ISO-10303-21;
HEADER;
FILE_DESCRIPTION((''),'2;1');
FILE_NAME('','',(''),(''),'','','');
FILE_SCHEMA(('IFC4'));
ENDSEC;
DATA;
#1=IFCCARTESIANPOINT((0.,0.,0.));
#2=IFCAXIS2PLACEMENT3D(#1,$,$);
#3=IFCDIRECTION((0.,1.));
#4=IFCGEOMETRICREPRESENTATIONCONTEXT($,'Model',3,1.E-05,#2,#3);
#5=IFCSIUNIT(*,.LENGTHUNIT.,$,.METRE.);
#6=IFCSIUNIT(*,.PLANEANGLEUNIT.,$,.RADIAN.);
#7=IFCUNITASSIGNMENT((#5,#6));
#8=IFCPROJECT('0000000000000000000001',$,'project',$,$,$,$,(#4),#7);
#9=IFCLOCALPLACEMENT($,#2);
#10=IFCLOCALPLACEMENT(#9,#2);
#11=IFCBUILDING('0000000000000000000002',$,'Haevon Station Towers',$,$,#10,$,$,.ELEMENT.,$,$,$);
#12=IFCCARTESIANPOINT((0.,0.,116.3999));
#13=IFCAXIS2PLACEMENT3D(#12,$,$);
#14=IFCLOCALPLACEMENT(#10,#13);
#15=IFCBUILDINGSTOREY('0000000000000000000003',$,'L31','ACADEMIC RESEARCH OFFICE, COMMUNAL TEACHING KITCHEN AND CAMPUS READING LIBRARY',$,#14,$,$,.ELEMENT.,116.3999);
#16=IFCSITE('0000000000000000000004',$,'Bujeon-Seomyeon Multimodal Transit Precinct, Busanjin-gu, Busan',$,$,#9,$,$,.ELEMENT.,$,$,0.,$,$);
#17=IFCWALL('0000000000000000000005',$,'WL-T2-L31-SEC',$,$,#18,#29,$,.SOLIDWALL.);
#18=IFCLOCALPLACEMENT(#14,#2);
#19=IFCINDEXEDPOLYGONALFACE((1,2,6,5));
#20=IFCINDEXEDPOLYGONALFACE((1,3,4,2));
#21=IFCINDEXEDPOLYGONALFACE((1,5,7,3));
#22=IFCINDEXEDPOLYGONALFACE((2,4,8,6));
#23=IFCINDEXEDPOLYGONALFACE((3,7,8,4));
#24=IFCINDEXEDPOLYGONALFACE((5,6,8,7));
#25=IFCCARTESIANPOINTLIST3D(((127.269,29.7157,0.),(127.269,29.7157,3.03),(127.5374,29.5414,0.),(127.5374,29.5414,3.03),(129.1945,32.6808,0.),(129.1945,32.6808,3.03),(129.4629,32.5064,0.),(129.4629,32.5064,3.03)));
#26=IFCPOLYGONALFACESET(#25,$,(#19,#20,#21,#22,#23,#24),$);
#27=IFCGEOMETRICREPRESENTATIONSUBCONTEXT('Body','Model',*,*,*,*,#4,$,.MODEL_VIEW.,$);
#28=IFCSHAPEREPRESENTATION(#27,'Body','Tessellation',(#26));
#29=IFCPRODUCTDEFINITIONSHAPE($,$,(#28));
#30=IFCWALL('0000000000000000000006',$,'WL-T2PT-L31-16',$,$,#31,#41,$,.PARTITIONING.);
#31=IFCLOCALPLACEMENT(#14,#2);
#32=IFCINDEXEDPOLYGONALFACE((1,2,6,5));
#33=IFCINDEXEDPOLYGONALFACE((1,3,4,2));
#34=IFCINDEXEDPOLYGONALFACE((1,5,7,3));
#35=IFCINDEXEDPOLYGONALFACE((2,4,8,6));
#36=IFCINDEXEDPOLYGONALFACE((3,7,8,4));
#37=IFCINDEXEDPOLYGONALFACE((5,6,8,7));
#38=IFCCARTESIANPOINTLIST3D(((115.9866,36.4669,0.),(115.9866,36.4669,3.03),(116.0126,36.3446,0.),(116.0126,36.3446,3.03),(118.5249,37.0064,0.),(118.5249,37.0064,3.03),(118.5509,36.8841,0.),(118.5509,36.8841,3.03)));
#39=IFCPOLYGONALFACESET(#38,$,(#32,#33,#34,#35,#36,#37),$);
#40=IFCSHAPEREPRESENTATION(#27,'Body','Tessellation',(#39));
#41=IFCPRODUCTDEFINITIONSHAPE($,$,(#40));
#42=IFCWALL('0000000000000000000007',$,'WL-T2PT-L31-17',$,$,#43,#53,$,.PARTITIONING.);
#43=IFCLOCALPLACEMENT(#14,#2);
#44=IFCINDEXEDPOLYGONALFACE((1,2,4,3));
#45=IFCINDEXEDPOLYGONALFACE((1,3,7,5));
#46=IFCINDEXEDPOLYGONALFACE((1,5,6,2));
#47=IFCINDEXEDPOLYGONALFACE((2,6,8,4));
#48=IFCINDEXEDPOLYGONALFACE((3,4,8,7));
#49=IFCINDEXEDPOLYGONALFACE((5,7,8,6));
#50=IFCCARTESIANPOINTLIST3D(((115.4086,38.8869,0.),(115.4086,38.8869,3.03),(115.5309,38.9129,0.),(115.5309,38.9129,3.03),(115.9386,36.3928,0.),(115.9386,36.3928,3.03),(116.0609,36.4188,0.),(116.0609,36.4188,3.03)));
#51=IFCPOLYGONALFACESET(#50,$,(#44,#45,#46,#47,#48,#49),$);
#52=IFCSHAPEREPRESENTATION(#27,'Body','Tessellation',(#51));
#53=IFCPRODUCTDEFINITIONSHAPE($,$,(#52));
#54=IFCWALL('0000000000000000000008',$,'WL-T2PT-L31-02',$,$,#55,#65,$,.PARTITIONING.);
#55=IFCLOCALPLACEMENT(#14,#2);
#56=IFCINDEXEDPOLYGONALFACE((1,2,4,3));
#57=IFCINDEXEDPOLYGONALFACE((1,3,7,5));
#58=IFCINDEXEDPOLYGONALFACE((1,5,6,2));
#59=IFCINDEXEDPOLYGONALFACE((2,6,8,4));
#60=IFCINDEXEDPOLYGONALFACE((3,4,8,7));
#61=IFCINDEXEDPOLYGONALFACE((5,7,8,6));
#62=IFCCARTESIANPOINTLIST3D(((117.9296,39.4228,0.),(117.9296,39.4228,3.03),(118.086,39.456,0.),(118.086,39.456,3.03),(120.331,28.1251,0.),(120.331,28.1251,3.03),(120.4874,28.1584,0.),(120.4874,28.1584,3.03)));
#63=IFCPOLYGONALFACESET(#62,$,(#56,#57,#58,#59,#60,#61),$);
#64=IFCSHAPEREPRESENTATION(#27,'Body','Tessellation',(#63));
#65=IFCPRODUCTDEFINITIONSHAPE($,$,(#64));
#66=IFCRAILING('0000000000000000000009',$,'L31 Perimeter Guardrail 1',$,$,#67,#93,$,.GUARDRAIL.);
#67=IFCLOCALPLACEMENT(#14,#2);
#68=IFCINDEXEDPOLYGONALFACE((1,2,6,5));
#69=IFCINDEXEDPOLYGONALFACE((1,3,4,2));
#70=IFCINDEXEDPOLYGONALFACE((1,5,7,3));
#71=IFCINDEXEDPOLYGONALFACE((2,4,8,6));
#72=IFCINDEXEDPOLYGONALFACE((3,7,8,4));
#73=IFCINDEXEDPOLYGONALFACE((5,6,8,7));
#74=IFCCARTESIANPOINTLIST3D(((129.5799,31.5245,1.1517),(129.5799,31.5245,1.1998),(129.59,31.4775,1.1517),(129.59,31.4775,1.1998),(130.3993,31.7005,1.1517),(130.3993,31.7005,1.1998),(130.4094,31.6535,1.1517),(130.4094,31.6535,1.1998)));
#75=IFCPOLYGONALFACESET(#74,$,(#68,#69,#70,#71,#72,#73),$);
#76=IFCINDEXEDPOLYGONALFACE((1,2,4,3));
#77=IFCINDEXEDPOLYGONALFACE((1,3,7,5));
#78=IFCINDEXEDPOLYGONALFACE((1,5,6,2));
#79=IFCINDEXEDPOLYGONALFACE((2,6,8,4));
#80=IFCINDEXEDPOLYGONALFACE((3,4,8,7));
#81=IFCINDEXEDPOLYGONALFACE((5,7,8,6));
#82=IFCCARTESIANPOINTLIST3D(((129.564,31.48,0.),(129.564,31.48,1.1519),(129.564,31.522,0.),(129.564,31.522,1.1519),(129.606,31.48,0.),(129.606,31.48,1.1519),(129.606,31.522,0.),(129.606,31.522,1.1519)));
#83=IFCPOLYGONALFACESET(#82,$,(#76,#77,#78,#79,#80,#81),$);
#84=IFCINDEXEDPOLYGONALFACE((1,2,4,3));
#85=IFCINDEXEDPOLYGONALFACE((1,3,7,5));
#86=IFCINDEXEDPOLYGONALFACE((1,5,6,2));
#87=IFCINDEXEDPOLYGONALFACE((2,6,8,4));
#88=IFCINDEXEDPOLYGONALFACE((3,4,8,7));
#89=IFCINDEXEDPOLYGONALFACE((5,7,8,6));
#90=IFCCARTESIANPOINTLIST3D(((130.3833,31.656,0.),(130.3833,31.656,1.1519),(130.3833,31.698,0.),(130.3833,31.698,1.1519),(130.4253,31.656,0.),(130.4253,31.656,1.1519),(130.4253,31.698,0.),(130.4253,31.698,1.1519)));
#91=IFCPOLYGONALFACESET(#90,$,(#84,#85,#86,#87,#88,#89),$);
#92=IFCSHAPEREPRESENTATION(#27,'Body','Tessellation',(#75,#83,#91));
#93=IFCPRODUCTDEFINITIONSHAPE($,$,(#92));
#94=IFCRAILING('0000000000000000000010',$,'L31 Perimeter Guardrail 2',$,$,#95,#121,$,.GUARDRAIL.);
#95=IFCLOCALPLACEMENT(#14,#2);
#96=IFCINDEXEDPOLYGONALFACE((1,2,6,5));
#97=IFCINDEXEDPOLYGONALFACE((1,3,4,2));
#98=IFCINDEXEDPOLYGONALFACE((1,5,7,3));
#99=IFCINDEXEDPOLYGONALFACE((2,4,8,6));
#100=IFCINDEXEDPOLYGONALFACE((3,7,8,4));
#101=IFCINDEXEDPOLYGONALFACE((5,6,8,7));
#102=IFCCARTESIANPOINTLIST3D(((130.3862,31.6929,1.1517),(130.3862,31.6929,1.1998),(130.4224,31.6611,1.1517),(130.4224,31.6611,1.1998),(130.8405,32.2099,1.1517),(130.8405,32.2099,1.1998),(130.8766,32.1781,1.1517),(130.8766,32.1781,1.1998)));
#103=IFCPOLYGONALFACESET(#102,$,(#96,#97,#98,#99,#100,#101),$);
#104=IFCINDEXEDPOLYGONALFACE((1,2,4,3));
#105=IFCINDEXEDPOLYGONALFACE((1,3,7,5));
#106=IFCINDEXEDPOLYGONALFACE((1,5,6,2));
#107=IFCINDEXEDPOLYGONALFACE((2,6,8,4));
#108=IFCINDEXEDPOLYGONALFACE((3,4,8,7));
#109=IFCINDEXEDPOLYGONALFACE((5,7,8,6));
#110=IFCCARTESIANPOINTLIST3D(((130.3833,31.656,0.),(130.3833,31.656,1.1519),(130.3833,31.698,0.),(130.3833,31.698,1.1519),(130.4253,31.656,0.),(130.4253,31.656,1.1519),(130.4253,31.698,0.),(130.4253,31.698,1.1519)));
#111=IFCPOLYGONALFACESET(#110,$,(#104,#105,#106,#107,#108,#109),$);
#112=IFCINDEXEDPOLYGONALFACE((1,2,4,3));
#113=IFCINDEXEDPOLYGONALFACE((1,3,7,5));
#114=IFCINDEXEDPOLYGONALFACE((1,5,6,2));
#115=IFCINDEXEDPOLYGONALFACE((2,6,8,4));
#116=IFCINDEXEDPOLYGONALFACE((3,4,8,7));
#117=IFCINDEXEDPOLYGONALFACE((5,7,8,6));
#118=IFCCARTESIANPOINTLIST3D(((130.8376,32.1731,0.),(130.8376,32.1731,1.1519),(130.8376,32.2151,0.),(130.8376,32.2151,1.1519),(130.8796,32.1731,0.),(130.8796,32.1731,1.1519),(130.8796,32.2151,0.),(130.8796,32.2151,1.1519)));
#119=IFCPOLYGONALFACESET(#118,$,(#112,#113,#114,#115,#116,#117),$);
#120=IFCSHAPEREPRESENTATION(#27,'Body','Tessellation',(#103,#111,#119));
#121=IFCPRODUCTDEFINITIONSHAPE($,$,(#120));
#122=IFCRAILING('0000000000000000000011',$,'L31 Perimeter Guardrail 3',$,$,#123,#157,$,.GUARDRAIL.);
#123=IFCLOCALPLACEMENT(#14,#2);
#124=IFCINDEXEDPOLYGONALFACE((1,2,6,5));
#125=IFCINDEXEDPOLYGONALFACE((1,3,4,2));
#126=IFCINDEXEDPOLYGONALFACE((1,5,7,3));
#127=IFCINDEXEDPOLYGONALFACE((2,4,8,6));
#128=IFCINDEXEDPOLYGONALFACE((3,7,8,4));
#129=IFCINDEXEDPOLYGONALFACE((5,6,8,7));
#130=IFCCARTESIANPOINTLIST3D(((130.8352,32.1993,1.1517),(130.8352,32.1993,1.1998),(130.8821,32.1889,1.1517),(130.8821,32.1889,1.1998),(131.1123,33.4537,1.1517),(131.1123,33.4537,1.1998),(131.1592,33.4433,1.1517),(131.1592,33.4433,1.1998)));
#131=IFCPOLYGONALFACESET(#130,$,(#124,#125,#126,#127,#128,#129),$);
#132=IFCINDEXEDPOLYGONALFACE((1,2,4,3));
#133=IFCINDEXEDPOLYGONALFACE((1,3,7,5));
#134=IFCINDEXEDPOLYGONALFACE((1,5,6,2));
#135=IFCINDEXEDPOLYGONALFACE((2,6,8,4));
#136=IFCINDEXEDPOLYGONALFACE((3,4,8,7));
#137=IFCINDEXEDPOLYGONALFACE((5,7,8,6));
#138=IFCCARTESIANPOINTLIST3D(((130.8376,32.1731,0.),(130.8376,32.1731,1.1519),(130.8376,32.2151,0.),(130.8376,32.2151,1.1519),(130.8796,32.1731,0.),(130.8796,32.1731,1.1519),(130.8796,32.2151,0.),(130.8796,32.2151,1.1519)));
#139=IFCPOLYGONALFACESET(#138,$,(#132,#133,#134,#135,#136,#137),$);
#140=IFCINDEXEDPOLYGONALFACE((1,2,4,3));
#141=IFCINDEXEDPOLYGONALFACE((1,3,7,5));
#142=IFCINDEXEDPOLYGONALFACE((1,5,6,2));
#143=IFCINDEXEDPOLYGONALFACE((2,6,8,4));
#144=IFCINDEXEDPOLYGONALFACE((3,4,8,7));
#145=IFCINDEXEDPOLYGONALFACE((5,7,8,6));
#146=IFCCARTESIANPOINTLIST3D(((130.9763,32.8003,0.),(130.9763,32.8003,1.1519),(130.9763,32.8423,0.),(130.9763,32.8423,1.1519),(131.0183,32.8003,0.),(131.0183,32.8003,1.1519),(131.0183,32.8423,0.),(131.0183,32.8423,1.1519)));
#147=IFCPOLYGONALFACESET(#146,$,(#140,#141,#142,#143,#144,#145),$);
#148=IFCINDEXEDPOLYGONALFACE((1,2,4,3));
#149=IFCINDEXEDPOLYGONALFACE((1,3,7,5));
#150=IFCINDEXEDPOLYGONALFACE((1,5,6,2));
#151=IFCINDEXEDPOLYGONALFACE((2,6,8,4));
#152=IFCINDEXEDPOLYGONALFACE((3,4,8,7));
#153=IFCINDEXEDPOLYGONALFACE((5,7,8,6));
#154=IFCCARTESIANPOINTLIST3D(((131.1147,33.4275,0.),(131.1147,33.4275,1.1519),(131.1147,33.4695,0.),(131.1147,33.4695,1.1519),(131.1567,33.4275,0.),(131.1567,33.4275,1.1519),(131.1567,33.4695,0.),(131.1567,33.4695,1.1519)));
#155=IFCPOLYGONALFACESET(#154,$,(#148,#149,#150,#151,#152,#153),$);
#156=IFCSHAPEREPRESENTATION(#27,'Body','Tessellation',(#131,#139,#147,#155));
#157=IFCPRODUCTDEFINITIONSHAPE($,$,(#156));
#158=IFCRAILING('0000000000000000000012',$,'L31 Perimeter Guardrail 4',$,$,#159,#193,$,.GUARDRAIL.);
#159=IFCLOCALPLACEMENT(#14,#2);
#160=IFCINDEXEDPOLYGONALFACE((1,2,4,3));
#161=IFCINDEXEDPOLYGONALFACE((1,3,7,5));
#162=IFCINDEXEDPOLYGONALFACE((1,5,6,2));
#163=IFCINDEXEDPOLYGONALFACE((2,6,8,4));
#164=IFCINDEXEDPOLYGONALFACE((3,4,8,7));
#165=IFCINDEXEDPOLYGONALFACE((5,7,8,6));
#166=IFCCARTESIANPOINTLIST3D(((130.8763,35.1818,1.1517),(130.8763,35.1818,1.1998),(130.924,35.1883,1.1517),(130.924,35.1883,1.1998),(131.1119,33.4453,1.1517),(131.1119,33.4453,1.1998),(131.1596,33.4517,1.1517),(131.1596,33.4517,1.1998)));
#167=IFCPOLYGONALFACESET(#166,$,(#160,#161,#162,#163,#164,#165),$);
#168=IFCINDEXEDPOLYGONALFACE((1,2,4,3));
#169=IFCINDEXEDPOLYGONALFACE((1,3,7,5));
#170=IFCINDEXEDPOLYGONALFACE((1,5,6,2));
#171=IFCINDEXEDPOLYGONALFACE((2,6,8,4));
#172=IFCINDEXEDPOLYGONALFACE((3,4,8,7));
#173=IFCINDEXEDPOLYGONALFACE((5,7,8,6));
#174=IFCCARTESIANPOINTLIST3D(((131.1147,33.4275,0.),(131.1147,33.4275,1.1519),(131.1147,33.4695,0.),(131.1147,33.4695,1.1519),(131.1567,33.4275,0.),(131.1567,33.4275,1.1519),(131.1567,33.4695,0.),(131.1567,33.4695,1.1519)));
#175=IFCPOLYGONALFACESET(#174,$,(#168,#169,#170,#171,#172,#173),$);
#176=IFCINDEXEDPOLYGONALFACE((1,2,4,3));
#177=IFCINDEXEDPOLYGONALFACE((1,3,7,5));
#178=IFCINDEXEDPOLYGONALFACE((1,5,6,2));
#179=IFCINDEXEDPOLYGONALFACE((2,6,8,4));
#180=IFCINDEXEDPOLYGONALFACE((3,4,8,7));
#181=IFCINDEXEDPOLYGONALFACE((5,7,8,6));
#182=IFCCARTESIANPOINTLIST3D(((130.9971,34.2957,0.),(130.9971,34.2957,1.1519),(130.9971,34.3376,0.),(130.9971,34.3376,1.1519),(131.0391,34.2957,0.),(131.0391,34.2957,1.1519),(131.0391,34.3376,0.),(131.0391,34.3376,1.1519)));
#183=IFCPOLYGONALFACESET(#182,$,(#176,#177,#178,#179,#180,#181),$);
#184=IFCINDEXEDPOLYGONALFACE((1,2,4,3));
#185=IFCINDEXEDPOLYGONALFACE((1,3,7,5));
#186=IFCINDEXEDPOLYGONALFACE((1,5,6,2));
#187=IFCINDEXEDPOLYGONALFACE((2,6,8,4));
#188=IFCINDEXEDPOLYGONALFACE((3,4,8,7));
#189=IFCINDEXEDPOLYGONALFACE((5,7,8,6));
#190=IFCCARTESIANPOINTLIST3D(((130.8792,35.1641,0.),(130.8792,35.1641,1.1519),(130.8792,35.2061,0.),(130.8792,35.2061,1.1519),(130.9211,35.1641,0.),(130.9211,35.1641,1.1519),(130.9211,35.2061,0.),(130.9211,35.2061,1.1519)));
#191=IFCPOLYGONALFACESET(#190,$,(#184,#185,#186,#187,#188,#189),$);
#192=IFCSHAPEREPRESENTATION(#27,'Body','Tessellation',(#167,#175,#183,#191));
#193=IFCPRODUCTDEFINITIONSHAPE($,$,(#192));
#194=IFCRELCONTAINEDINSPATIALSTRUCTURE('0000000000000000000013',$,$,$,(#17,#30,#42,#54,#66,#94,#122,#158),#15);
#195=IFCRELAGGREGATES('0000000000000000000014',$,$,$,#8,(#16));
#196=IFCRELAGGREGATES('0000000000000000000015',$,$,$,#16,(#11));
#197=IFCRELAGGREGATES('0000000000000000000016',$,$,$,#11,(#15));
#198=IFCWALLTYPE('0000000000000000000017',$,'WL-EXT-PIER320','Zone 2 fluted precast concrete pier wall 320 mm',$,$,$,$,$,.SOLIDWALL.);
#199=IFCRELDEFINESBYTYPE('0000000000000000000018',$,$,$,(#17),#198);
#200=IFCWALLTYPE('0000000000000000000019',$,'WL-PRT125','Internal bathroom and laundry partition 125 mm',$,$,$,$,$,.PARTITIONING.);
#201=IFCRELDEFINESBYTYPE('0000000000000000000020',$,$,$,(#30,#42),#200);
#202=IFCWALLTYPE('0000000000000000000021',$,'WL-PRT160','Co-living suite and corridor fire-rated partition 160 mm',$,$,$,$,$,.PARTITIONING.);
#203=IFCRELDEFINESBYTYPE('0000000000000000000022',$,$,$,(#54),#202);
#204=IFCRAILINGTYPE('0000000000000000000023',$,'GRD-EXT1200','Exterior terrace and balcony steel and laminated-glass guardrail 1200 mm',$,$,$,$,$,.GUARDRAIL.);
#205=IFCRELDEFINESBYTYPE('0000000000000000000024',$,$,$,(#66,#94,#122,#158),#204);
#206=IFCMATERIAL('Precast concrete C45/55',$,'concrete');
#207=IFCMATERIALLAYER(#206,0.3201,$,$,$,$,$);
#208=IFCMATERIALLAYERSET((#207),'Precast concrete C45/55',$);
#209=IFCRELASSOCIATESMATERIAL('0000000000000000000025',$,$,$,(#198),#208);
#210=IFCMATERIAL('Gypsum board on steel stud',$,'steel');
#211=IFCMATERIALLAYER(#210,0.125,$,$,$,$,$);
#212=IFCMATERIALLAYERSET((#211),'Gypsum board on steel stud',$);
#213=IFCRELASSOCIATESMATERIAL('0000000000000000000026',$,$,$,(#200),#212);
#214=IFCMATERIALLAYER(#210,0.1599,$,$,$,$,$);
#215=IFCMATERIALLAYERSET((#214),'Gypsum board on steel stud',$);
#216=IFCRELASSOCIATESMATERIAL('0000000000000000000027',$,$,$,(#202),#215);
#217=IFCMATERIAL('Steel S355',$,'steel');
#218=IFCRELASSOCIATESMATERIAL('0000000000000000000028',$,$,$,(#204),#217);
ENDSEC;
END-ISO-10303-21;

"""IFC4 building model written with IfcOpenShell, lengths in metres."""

from ifc_helpers import new_model, si_unit, direction, frame, frame_2d, origin, origin_2d, place, context, subcontext, project, spatial, rectangle, extrude, material, layer, layer_set, type_object, element, save


model = new_model("IFC4")

# Units and contexts
model_context = context("Model", 3, precision=1e-05, world=origin(), true_north=direction((0.0, 1.0)))
body_context = subcontext(model_context, "Body", "Model", "MODEL_VIEW")
ifc_project = project(units=[si_unit("LENGTHUNIT", "METRE"), si_unit("PLANEANGLEUNIT", "RADIAN")], contexts=[model_context])

# Site, building, storey
site_placement = place(None, origin())
site = spatial("IfcSite", under=ifc_project, at=site_placement, Name="Bujeon-Seomyeon Multimodal Transit Precinct, Busanjin-gu, Busan", CompositionType="ELEMENT", RefElevation=0.0)
building_placement = place(site_placement, origin())
building = spatial("IfcBuilding", under=site, at=building_placement, Name="Haevon Station Towers", CompositionType="ELEMENT")
storey_placement = place(building_placement, frame((0.0, 0.0, 116.3999)))
storey = spatial("IfcBuildingStorey", under=building, at=storey_placement, Name="L31", Description="ACADEMIC RESEARCH OFFICE, COMMUNAL TEACHING KITCHEN AND CAMPUS READING LIBRARY", CompositionType="ELEMENT", Elevation=116.3999)

# Shared definitions
ifc_material_1 = material(Name="Steel S355", Category="steel")

# Shared definitions
ifc_material_2 = material(Name="Gypsum board on steel stud", Category="steel")

# Shared definitions
ifc_material_3 = material(Name="Precast concrete C45/55", Category="concrete")
ifc_layer_1 = layer(ifc_material_3, 0.3201)
ifc_layer_set_1 = layer_set([ifc_layer_1], Name="Precast concrete C45/55")
wall_type_1 = type_object("IfcWallType", Name="WL-EXT-PIER320", Description="Zone 2 fluted precast concrete pier wall 320 mm", PredefinedType="SOLIDWALL", material=ifc_layer_set_1)

# Walls
wall_1_placement = place(storey_placement, frame((129.3286, 32.5935, 0.0), z_axis=(0.0, 0.0, 1.0), x_axis=(-0.544636, -0.838672, 0.0)))
element("IfcWall", 1, at=wall_1_placement, inside=storey, type_object=wall_type_1, Name="WL-T2-L31-SEC", PredefinedType="SOLIDWALL", context=body_context, shape_type="SweptSolid", body=[
    extrude(rectangle(XDim=3.5354, YDim=0.3201, at=frame_2d((1.7676, 0.0))), origin(), (0.0, 0.0, 1.0), 3.03),
])
ifc_layer_2 = layer(ifc_material_2, 0.125)
ifc_layer_set_2 = layer_set([ifc_layer_2], Name="Gypsum board on steel stud")
wall_type_2 = type_object("IfcWallType", Name="WL-PRT125", Description="Internal bathroom and laundry partition 125 mm", PredefinedType="PARTITIONING", material=ifc_layer_set_2)
wall_2_placement = place(storey_placement, frame((115.9998, 36.4058, 0.0), z_axis=(0.0, 0.0, 1.0), x_axis=(0.978147, 0.207916, 0.0)))
element("IfcWall", 2, at=wall_2_placement, inside=storey, type_object=wall_type_2, Name="WL-T2PT-L31-16", PredefinedType="PARTITIONING", context=body_context, shape_type="SweptSolid", body=[
    extrude(rectangle(XDim=2.595, YDim=0.125, at=frame_2d((1.2974, 0.0))), origin(), (0.0, 0.0, 1.0), 3.03),
])
wall_3_placement = place(storey_placement, frame((115.9998, 36.4058, 0.0), z_axis=(0.0, 0.0, 1.0), x_axis=(-0.207868, 0.978157, 0.0)))
element("IfcWall", 3, at=wall_3_placement, inside=storey, type_object=wall_type_2, Name="WL-T2PT-L31-17", PredefinedType="PARTITIONING", context=body_context, shape_type="SweptSolid", body=[
    extrude(rectangle(XDim=2.5498, YDim=0.125, at=frame_2d((1.2749, 0.0))), origin(), (0.0, 0.0, 1.0), 3.03),
])
ifc_layer_3 = layer(ifc_material_2, 0.1599)
ifc_layer_set_3 = layer_set([ifc_layer_3], Name="Gypsum board on steel stud")
wall_type_3 = type_object("IfcWallType", Name="WL-PRT160", Description="Co-living suite and corridor fire-rated partition 160 mm", PredefinedType="PARTITIONING", material=ifc_layer_set_3)
wall_4_placement = place(storey_placement, frame((120.4092, 28.1418, 0.0), z_axis=(0.0, 0.0, 1.0), x_axis=(-0.207911, 0.978148, 0.0)))
element("IfcWall", 4, at=wall_4_placement, inside=storey, type_object=wall_type_3, Name="WL-T2PT-L31-02", PredefinedType="PARTITIONING", context=body_context, shape_type="SweptSolid", body=[
    extrude(rectangle(XDim=11.55, YDim=0.1599, at=frame_2d((5.7749, 0.0))), origin(), (0.0, 0.0, 1.0), 3.03),
])

# Railings
railing_type = type_object("IfcRailingType", Name="GRD-EXT1200", Description="Exterior terrace and balcony steel and laminated-glass guardrail 1200 mm", PredefinedType="GUARDRAIL", material=ifc_material_1)
railing_1_placement = place(storey_placement, frame((129.585, 31.501, 0.0)))
element("IfcRailing", 5, at=railing_1_placement, inside=storey, type_object=railing_type, Name="L31 Perimeter Guardrail 1", PredefinedType="GUARDRAIL", context=body_context, shape_type="SweptSolid", body=[
    extrude(rectangle(XDim=0.0481, YDim=0.0481, at=origin_2d()), frame((0.0, 0.0, 1.1758), z_axis=(0.977691, 0.210046, 0.0), x_axis=(-0.210046, 0.977691, 0.0)), (0.0, 0.0, 1.0), 0.8381),
    extrude(rectangle(XDim=0.042, YDim=0.042, at=origin_2d()), origin(), (0.0, 0.0, 1.0), 1.1519),
    extrude(rectangle(XDim=0.042, YDim=0.042, at=origin_2d()), frame((0.8193, 0.176, 0.0)), (0.0, 0.0, 1.0), 1.1519),
])
railing_2_placement = place(storey_placement, frame((130.4043, 31.677, 0.0)))
element("IfcRailing", 6, at=railing_2_placement, inside=storey, type_object=railing_type, Name="L31 Perimeter Guardrail 2", PredefinedType="GUARDRAIL", context=body_context, shape_type="SweptSolid", body=[
    extrude(rectangle(XDim=0.0481, YDim=0.0481, at=origin_2d()), frame((0.0, 0.0, 1.1758), z_axis=(0.66006, 0.751213, 0.0), x_axis=(-0.751213, 0.66006, 0.0)), (0.0, 0.0, 1.0), 0.6882),
    extrude(rectangle(XDim=0.042, YDim=0.042, at=origin_2d()), origin(), (0.0, 0.0, 1.0), 1.1519),
    extrude(rectangle(XDim=0.042, YDim=0.042, at=origin_2d()), frame((0.4543, 0.5171, 0.0)), (0.0, 0.0, 1.0), 1.1519),
])
railing_3_placement = place(storey_placement, frame((130.8586, 32.1941, 0.0)))
element("IfcRailing", 7, at=railing_3_placement, inside=storey, type_object=railing_type, Name="L31 Perimeter Guardrail 3", PredefinedType="GUARDRAIL", context=body_context, shape_type="SweptSolid", body=[
    extrude(rectangle(XDim=0.0481, YDim=0.0481, at=origin_2d()), frame((0.0, 0.0, 1.1758), z_axis=(0.215703, 0.976459, 0.0), x_axis=(-0.976459, 0.215703, 0.0)), (0.0, 0.0, 1.0), 1.2847),
    extrude(rectangle(XDim=0.042, YDim=0.042, at=origin_2d()), origin(), (0.0, 0.0, 1.0), 1.1519),
    extrude(rectangle(XDim=0.042, YDim=0.042, at=origin_2d()), frame((0.1387, 0.6272, 0.0)), (0.0, 0.0, 1.0), 1.1519),
    extrude(rectangle(XDim=0.042, YDim=0.042, at=origin_2d()), frame((0.2771, 1.2544, 0.0)), (0.0, 0.0, 1.0), 1.1519),
])
railing_4_placement = place(storey_placement, frame((131.1357, 33.4485, 0.0)))
element("IfcRailing", 8, at=railing_4_placement, inside=storey, type_object=railing_type, Name="L31 Perimeter Guardrail 4", PredefinedType="GUARDRAIL", context=body_context, shape_type="SweptSolid", body=[
    extrude(rectangle(XDim=0.0481, YDim=0.0481, at=origin_2d()), frame((0.0, 0.0, 1.1758), z_axis=(-0.134436, 0.990922, 0.0), x_axis=(-0.990922, -0.134436, 0.0)), (0.0, 0.0, 1.0), 1.7524),
    extrude(rectangle(XDim=0.042, YDim=0.042, at=origin_2d()), origin(), (0.0, 0.0, 1.0), 1.1519),
    extrude(rectangle(XDim=0.042, YDim=0.042, at=origin_2d()), frame((-0.1177, 0.8682, 0.0)), (0.0, 0.0, 1.0), 1.1519),
    extrude(rectangle(XDim=0.042, YDim=0.042, at=origin_2d()), frame((-0.2356, 1.7366, 0.0)), (0.0, 0.0, 1.0), 1.1519),
])

save(model, "model.ifc")
